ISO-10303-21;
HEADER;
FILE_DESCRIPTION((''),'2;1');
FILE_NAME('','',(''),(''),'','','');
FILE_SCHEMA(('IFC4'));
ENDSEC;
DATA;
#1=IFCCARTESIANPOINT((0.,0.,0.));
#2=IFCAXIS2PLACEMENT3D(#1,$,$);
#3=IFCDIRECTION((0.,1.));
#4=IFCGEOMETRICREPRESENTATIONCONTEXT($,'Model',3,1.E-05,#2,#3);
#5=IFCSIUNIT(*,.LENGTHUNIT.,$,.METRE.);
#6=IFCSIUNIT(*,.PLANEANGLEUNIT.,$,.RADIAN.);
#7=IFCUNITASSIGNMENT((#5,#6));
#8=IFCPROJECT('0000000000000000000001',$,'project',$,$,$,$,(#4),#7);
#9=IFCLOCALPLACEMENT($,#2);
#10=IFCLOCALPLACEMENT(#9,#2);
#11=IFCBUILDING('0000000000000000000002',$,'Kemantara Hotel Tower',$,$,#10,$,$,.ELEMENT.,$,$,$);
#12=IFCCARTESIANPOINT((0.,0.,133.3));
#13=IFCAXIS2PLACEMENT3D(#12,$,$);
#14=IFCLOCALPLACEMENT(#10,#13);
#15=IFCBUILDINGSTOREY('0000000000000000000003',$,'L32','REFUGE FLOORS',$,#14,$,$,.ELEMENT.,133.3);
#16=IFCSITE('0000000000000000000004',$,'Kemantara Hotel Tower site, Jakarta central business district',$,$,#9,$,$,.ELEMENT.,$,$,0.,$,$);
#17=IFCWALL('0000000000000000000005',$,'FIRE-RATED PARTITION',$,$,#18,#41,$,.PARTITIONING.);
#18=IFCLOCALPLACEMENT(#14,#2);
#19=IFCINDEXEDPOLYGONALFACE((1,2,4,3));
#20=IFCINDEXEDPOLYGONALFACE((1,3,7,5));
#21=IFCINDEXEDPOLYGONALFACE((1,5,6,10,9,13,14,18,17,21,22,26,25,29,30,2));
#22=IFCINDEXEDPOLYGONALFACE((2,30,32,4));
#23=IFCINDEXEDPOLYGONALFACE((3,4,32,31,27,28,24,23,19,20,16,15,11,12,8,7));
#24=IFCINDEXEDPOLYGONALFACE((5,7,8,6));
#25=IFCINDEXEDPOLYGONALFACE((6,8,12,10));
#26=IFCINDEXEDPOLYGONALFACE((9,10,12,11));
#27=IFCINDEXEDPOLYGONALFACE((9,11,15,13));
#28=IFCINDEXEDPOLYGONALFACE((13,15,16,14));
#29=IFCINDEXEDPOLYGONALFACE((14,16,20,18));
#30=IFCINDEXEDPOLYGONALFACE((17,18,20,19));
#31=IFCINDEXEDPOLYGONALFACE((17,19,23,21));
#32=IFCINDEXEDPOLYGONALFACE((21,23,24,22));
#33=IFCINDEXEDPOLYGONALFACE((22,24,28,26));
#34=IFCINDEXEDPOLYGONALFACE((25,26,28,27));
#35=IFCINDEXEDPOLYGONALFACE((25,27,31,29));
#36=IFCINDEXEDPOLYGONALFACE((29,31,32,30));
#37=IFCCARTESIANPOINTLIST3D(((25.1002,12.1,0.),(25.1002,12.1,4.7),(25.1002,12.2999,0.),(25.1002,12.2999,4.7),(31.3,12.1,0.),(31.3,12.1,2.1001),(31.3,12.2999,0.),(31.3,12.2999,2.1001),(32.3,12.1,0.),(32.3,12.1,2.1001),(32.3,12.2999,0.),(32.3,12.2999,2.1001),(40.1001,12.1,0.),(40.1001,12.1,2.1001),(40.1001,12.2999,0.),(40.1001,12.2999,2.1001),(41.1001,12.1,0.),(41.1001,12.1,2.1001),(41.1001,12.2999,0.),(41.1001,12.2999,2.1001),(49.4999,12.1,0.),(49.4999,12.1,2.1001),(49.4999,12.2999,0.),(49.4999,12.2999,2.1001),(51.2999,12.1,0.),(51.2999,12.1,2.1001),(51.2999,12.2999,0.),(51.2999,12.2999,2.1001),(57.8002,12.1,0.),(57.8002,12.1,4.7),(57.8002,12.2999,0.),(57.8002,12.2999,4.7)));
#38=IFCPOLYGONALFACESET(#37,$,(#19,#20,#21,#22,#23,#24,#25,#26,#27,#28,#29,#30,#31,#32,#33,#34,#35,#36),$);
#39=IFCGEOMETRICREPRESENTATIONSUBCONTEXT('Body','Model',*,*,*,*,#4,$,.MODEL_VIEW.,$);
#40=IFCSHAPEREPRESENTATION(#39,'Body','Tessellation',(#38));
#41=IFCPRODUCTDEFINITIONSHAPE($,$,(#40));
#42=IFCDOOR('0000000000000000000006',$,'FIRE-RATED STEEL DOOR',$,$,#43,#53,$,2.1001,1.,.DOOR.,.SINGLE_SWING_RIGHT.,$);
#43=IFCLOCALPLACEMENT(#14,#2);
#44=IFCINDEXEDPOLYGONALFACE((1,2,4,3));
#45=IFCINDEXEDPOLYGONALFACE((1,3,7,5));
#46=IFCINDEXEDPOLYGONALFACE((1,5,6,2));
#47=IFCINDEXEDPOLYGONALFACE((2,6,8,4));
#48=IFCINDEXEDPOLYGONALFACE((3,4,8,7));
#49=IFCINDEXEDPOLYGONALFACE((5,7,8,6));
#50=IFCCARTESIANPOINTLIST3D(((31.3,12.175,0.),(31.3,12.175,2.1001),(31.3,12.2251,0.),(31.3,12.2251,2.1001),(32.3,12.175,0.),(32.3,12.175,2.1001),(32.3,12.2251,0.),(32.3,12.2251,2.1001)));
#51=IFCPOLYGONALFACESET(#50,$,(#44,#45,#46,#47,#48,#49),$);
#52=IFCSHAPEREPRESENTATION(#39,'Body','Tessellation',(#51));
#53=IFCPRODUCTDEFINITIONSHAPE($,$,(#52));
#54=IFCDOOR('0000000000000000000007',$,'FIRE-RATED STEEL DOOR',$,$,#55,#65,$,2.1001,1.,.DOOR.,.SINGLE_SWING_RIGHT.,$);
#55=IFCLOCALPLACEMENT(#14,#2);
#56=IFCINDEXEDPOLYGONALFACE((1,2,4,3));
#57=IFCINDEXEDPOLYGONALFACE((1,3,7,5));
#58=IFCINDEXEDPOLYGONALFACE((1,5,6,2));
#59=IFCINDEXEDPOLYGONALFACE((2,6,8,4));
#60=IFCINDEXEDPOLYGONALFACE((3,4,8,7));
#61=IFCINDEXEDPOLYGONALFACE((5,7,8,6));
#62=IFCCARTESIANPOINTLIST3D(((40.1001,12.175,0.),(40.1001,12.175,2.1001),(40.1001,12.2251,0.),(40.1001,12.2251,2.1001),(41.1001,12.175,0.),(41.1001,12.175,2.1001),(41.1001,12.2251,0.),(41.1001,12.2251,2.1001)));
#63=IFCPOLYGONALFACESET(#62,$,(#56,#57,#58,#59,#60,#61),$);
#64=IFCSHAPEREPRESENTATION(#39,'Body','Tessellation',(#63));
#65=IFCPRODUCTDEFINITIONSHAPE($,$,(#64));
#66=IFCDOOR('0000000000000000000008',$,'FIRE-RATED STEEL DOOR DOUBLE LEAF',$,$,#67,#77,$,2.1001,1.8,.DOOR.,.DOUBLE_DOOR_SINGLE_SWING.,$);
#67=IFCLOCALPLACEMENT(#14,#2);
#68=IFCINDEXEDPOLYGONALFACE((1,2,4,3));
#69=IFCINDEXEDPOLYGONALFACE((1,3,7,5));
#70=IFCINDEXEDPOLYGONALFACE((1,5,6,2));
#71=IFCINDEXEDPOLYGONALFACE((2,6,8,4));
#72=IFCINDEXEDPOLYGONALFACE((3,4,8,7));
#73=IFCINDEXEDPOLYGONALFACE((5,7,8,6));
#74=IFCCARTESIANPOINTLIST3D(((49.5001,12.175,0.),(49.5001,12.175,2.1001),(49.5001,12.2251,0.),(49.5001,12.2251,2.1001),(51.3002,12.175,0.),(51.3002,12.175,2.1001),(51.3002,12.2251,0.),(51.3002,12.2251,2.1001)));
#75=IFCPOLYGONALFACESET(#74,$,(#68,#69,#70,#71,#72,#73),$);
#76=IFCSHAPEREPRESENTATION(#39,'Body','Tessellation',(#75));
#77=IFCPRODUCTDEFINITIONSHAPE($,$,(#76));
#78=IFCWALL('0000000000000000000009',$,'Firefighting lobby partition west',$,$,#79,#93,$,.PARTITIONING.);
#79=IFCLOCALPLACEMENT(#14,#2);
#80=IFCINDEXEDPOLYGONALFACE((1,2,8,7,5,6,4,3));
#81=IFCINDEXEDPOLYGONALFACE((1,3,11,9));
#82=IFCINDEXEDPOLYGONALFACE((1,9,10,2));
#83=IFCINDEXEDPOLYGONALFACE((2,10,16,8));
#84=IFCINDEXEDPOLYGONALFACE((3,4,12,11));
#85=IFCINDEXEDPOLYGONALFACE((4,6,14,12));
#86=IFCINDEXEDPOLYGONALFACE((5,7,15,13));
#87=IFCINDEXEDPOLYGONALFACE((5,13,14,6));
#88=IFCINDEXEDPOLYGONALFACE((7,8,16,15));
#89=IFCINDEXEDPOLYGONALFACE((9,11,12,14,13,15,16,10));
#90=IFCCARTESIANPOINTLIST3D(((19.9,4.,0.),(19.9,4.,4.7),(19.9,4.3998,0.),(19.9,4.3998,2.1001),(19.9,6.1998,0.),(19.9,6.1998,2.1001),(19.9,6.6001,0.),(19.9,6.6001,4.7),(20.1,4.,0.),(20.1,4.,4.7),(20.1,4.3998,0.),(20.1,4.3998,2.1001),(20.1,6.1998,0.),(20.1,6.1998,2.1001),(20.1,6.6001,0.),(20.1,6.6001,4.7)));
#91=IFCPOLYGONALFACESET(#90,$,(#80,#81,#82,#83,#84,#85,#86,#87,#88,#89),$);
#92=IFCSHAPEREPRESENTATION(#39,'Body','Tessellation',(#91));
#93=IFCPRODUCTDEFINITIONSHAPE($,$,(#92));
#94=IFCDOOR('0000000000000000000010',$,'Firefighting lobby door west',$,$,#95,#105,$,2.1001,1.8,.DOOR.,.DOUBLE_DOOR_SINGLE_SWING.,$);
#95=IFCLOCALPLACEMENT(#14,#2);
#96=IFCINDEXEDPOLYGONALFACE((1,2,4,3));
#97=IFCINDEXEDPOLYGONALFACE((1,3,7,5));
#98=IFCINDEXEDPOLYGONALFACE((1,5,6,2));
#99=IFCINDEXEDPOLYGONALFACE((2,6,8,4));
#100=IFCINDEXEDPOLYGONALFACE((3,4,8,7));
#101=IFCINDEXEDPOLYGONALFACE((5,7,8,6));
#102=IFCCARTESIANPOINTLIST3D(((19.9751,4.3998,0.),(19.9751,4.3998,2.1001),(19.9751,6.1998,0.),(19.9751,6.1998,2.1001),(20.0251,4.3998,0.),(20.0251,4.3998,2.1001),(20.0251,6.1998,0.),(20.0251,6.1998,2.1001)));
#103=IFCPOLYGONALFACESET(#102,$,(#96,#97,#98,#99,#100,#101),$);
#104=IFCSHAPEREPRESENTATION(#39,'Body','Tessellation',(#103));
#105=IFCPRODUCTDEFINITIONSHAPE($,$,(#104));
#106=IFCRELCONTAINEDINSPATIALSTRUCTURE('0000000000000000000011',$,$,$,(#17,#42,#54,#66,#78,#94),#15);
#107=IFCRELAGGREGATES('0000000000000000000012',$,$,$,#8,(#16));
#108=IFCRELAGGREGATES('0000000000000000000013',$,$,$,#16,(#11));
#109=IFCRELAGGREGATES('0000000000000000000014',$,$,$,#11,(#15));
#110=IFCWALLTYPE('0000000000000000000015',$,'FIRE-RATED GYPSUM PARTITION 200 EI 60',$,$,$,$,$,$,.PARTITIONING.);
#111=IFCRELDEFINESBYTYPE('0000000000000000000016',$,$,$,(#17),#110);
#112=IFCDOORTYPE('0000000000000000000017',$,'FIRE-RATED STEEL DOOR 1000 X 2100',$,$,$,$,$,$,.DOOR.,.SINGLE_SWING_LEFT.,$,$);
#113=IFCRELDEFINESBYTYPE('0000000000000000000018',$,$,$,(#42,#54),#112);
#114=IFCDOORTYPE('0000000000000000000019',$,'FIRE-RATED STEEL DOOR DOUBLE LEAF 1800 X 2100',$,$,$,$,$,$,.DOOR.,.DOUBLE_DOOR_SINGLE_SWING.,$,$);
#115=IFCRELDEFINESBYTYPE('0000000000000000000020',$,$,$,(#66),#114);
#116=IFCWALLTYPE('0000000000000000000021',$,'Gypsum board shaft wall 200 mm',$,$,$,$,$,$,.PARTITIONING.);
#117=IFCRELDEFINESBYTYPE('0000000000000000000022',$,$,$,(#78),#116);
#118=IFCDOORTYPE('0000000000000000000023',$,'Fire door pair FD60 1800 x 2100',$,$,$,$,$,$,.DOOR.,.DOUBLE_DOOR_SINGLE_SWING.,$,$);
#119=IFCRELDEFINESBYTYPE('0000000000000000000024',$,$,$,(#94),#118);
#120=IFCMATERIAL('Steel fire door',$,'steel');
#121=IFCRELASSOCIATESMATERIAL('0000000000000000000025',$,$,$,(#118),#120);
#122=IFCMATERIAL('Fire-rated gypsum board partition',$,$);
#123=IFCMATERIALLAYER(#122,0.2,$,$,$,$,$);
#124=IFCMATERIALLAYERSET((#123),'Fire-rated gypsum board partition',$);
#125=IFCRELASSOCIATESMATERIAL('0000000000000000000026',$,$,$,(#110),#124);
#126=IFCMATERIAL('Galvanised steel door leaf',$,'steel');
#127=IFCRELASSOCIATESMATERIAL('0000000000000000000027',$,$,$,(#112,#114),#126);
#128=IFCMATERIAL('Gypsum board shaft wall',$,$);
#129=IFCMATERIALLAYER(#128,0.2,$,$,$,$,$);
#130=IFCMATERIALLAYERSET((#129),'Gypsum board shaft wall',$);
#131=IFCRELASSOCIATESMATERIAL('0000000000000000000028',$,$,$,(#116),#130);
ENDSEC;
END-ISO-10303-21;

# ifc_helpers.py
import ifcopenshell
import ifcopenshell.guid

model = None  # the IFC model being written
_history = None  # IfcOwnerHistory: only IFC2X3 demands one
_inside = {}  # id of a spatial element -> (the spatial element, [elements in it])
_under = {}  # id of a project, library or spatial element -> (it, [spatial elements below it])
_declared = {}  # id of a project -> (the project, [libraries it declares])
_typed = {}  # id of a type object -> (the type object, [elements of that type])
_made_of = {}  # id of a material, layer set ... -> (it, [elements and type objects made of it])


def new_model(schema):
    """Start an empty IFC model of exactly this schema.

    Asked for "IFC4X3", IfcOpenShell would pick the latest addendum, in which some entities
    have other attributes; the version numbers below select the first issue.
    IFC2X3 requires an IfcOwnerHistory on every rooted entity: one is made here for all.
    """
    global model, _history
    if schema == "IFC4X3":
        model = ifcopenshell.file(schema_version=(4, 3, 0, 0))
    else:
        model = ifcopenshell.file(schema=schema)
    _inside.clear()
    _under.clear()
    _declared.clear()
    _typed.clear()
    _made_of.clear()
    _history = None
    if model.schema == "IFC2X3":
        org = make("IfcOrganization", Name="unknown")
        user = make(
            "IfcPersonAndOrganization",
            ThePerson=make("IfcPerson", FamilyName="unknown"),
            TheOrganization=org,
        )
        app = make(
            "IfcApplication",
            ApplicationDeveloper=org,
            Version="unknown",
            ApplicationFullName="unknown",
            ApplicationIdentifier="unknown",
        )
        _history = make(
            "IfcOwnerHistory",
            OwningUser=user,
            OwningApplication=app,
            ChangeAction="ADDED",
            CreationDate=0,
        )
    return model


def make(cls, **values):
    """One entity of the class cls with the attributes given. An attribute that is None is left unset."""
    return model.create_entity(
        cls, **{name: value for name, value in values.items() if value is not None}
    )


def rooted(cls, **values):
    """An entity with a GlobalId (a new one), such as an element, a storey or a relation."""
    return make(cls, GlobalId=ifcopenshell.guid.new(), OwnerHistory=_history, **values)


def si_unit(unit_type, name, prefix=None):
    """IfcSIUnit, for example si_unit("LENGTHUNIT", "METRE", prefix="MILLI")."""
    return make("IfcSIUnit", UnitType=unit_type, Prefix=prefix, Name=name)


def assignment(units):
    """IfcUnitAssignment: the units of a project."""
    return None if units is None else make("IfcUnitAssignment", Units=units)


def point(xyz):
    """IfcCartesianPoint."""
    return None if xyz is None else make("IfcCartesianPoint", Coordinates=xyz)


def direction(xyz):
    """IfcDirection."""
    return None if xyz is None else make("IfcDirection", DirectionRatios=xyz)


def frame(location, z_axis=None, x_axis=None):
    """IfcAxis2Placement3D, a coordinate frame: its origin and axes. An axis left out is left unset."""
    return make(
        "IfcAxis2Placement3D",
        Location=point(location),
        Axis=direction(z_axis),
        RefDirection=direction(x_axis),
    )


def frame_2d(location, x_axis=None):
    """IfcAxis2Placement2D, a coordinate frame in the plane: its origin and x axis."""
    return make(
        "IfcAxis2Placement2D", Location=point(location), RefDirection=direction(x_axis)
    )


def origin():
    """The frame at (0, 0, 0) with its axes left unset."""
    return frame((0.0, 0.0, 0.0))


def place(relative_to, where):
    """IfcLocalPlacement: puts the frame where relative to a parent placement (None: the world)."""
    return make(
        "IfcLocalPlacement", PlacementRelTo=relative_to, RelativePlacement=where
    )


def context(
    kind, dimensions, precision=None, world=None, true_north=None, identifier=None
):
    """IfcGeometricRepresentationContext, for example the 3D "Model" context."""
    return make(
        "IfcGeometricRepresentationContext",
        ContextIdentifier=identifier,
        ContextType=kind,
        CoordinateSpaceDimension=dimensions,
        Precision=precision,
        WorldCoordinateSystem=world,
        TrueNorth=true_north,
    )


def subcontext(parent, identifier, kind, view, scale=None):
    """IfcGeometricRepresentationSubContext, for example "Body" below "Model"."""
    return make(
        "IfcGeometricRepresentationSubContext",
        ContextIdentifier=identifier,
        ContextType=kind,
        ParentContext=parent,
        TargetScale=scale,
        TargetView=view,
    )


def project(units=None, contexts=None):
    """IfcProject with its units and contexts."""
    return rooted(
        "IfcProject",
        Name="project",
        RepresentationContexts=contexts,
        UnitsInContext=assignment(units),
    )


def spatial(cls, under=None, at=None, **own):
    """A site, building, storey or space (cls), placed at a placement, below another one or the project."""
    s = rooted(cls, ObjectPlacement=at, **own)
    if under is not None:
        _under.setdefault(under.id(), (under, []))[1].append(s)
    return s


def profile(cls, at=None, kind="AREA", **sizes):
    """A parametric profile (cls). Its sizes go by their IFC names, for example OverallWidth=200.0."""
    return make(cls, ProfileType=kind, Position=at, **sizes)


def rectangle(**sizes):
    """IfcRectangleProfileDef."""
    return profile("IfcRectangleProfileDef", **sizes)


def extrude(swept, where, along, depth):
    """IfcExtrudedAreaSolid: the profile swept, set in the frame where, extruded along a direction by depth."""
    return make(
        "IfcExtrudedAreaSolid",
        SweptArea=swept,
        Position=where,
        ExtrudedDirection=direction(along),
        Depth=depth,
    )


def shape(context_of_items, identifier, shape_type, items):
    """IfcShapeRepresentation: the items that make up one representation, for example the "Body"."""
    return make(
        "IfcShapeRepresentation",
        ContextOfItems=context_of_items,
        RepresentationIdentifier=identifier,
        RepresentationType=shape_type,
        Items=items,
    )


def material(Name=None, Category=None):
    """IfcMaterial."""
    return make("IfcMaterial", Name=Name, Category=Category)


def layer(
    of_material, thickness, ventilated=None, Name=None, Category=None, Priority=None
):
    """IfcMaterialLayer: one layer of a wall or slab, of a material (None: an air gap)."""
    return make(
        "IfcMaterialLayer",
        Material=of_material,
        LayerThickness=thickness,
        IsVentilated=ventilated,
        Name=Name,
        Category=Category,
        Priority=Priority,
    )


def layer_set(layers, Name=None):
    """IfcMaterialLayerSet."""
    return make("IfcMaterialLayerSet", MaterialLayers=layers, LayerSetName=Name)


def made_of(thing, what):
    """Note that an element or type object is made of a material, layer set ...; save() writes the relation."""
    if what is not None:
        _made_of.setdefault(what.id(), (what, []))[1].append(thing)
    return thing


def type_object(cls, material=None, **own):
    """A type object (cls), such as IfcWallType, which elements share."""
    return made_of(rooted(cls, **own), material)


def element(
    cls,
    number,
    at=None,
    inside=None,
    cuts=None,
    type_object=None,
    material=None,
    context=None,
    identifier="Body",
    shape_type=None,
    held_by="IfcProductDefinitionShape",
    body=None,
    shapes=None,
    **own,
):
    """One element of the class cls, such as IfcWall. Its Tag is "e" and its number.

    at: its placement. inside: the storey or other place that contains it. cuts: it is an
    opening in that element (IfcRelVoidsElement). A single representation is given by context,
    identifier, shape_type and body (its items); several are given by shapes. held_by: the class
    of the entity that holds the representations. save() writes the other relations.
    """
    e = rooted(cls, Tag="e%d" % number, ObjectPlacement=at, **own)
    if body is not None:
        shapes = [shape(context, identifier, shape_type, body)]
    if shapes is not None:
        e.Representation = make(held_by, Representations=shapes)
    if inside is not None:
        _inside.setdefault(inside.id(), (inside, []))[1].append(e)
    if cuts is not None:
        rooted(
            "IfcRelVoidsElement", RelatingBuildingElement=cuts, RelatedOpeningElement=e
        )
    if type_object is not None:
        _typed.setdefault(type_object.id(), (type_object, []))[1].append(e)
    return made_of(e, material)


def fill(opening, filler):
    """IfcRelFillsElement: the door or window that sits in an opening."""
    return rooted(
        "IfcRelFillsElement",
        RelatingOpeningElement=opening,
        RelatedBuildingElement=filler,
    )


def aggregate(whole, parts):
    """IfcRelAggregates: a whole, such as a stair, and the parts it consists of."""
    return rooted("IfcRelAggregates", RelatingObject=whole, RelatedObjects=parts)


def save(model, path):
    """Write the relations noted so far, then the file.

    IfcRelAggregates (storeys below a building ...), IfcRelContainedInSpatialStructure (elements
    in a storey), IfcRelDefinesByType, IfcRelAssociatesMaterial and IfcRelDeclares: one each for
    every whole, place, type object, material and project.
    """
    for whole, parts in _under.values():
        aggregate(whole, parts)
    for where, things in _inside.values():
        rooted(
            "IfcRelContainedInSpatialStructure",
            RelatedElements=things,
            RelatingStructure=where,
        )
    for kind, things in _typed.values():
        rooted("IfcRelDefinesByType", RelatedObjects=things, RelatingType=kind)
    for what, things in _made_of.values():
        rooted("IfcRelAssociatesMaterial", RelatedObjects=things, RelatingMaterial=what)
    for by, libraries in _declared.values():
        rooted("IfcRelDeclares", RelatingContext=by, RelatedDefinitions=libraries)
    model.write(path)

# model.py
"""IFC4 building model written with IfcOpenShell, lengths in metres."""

from ifc_helpers import new_model, si_unit, direction, frame, frame_2d, origin, place, context, subcontext, project, spatial, rectangle, extrude, material, layer, layer_set, type_object, element, fill, save


model = new_model("IFC4")

# Units and contexts
model_context = context("Model", 3, precision=1e-05, world=origin(), true_north=direction((0.0, 1.0)))
body_context = subcontext(model_context, "Body", "Model", "MODEL_VIEW")
ifc_project = project(units=[si_unit("LENGTHUNIT", "METRE"), si_unit("PLANEANGLEUNIT", "RADIAN")], contexts=[model_context])

# Site, building, storey
site_placement = place(None, origin())
site = spatial("IfcSite", under=ifc_project, at=site_placement, Name="Kemantara Hotel Tower site, Jakarta central business district", CompositionType="ELEMENT", RefElevation=0.0)
building_placement = place(site_placement, origin())
building = spatial("IfcBuilding", under=site, at=building_placement, Name="Kemantara Hotel Tower", CompositionType="ELEMENT")
storey_placement = place(building_placement, frame((0.0, 0.0, 133.3)))
storey = spatial("IfcBuildingStorey", under=building, at=storey_placement, Name="L32", Description="REFUGE FLOORS", CompositionType="ELEMENT", Elevation=133.3)

# Wall, openings, doors
ifc_material_1 = material(Name="Steel fire door", Category="steel")
door_type_1 = type_object("IfcDoorType", Name="Fire door pair FD60 1800 x 2100", OperationType="DOUBLE_DOOR_SINGLE_SWING", PredefinedType="DOOR", material=ifc_material_1)
ifc_material_2 = material(Name="Fire-rated gypsum board partition")
ifc_layer_1 = layer(ifc_material_2, 0.2)
ifc_layer_set_1 = layer_set([ifc_layer_1], Name="Fire-rated gypsum board partition")
wall_type_1 = type_object("IfcWallType", Name="FIRE-RATED GYPSUM PARTITION 200 EI 60", PredefinedType="PARTITIONING", material=ifc_layer_set_1)
wall_1_placement = place(storey_placement, frame((25.1001, 12.2, 0.0), z_axis=(0.0, 0.0, 1.0), x_axis=(1.0, 0.0, 0.0)))
wall_1 = element("IfcWall", 1, at=wall_1_placement, inside=storey, type_object=wall_type_1, Name="FIRE-RATED PARTITION", PredefinedType="PARTITIONING", context=body_context, shape_type="SweptSolid", body=[
    extrude(rectangle(XDim=32.7, YDim=0.2, at=frame_2d((16.3501, 0.0))), origin(), (0.0, 0.0, 1.0), 4.7),
])
opening_1_placement = place(wall_1_placement, frame((6.2, 0.0, 0.0)))
opening_1 = element("IfcOpeningElement", 2, at=opening_1_placement, cuts=wall_1, PredefinedType="OPENING", context=body_context, shape_type="SweptSolid", body=[
    extrude(rectangle(XDim=1.0, YDim=2.1001, at=frame_2d((0.5, 1.05))), frame((0.0, 0.1099, 0.0), z_axis=(0.0, -1.0, 0.0), x_axis=(1.0, 0.0, 0.0)), (0.0, 0.0, 1.0), 0.22),
])
opening_2_placement = place(wall_1_placement, frame((15.0, 0.0, 0.0)))
opening_2 = element("IfcOpeningElement", 3, at=opening_2_placement, cuts=wall_1, PredefinedType="OPENING", context=body_context, shape_type="SweptSolid", body=[
    extrude(rectangle(XDim=1.0, YDim=2.1001, at=frame_2d((0.5, 1.05))), frame((0.0, 0.1099, 0.0), z_axis=(0.0, -1.0, 0.0), x_axis=(1.0, 0.0, 0.0)), (0.0, 0.0, 1.0), 0.22),
])
opening_3_placement = place(wall_1_placement, frame((24.3999, 0.0, 0.0)))
opening_3 = element("IfcOpeningElement", 4, at=opening_3_placement, cuts=wall_1, PredefinedType="OPENING", context=body_context, shape_type="SweptSolid", body=[
    extrude(rectangle(XDim=1.8, YDim=2.1001, at=frame_2d((0.8999, 1.05))), frame((0.0, 0.1099, 0.0), z_axis=(0.0, -1.0, 0.0), x_axis=(1.0, 0.0, 0.0)), (0.0, 0.0, 1.0), 0.22),
])
ifc_material_3 = material(Name="Galvanised steel door leaf", Category="steel")
door_type_2 = type_object("IfcDoorType", Name="FIRE-RATED STEEL DOOR 1000 X 2100", OperationType="SINGLE_SWING_LEFT", PredefinedType="DOOR", material=ifc_material_3)
door_1_placement = place(opening_1_placement, frame((1.0, 0.0, 0.0), z_axis=(0.0, 0.0, 1.0), x_axis=(-1.0, 0.0, 0.0)))
door_1 = element("IfcDoor", 5, at=door_1_placement, inside=storey, type_object=door_type_2, Name="FIRE-RATED STEEL DOOR", OperationType="SINGLE_SWING_RIGHT", OverallHeight=2.1001, OverallWidth=1.0, PredefinedType="DOOR", context=body_context, shape_type="SweptSolid", body=[
    extrude(rectangle(XDim=1.0, YDim=2.1001, at=frame_2d((0.5, 1.05))), frame((0.0, 0.0249, 0.0), z_axis=(0.0, -1.0, 0.0), x_axis=(1.0, 0.0, 0.0)), (0.0, 0.0, 1.0), 0.05),
])
fill(opening_1, door_1)
door_2_placement = place(opening_2_placement, frame((1.0, 0.0, 0.0), z_axis=(0.0, 0.0, 1.0), x_axis=(-1.0, 0.0, 0.0)))
door_2 = element("IfcDoor", 6, at=door_2_placement, inside=storey, type_object=door_type_2, Name="FIRE-RATED STEEL DOOR", OperationType="SINGLE_SWING_RIGHT", OverallHeight=2.1001, OverallWidth=1.0, PredefinedType="DOOR", context=body_context, shape_type="SweptSolid", body=[
    extrude(rectangle(XDim=1.0, YDim=2.1001, at=frame_2d((0.5, 1.05))), frame((0.0, 0.0249, 0.0), z_axis=(0.0, -1.0, 0.0), x_axis=(1.0, 0.0, 0.0)), (0.0, 0.0, 1.0), 0.05),
])
fill(opening_2, door_2)
door_type_3 = type_object("IfcDoorType", Name="FIRE-RATED STEEL DOOR DOUBLE LEAF 1800 X 2100", OperationType="DOUBLE_DOOR_SINGLE_SWING", PredefinedType="DOOR", material=ifc_material_3)
door_3_placement = place(opening_3_placement, frame((1.8, 0.0, 0.0), z_axis=(0.0, 0.0, 1.0), x_axis=(-1.0, 0.0, 0.0)))
door_3 = element("IfcDoor", 7, at=door_3_placement, inside=storey, type_object=door_type_3, Name="FIRE-RATED STEEL DOOR DOUBLE LEAF", OperationType="DOUBLE_DOOR_SINGLE_SWING", OverallHeight=2.1001, OverallWidth=1.8, PredefinedType="DOOR", context=body_context, shape_type="SweptSolid", body=[
    extrude(rectangle(XDim=1.8, YDim=2.1001, at=frame_2d((0.8999, 1.05))), frame((0.0, 0.0249, 0.0), z_axis=(0.0, -1.0, 0.0), x_axis=(1.0, 0.0, 0.0)), (0.0, 0.0, 1.0), 0.05),
])
fill(opening_3, door_3)

# Wall, opening, door
ifc_material_4 = material(Name="Gypsum board shaft wall")
ifc_layer_2 = layer(ifc_material_4, 0.2)
ifc_layer_set_2 = layer_set([ifc_layer_2], Name="Gypsum board shaft wall")
wall_type_2 = type_object("IfcWallType", Name="Gypsum board shaft wall 200 mm", PredefinedType="PARTITIONING", material=ifc_layer_set_2)
wall_2_placement = place(storey_placement, frame((20.0, 4.0, 0.0), z_axis=(0.0, 0.0, 1.0), x_axis=(0.0, 1.0, 0.0)))
wall_2 = element("IfcWall", 8, at=wall_2_placement, inside=storey, type_object=wall_type_2, Name="Firefighting lobby partition west", PredefinedType="PARTITIONING", context=body_context, shape_type="SweptSolid", body=[
    extrude(rectangle(XDim=2.6001, YDim=0.2, at=frame_2d((1.3, 0.0))), origin(), (0.0, 0.0, 1.0), 4.7),
])
opening_4_placement = place(wall_2_placement, frame((0.3999, 0.0, 0.0)))
opening_4 = element("IfcOpeningElement", 9, at=opening_4_placement, cuts=wall_2, PredefinedType="OPENING", context=body_context, shape_type="SweptSolid", body=[
    extrude(rectangle(XDim=1.8, YDim=2.1001, at=frame_2d((0.8999, 1.05))), frame((0.0, 0.1099, 0.0), z_axis=(0.0, -1.0, 0.0), x_axis=(1.0, 0.0, 0.0)), (0.0, 0.0, 1.0), 0.22),
])
door_4_placement = place(opening_4_placement, origin())
door_4 = element("IfcDoor", 10, at=door_4_placement, inside=storey, type_object=door_type_1, Name="Firefighting lobby door west", OperationType="DOUBLE_DOOR_SINGLE_SWING", OverallHeight=2.1001, OverallWidth=1.8, PredefinedType="DOOR", context=body_context, shape_type="SweptSolid", body=[
    extrude(rectangle(XDim=1.8, YDim=2.1001, at=frame_2d((0.8999, 1.05))), frame((0.0, 0.0249, 0.0), z_axis=(0.0, -1.0, 0.0), x_axis=(1.0, 0.0, 0.0)), (0.0, 0.0, 1.0), 0.05),
])
fill(opening_4, door_4)

save(model, "model.ifc")
